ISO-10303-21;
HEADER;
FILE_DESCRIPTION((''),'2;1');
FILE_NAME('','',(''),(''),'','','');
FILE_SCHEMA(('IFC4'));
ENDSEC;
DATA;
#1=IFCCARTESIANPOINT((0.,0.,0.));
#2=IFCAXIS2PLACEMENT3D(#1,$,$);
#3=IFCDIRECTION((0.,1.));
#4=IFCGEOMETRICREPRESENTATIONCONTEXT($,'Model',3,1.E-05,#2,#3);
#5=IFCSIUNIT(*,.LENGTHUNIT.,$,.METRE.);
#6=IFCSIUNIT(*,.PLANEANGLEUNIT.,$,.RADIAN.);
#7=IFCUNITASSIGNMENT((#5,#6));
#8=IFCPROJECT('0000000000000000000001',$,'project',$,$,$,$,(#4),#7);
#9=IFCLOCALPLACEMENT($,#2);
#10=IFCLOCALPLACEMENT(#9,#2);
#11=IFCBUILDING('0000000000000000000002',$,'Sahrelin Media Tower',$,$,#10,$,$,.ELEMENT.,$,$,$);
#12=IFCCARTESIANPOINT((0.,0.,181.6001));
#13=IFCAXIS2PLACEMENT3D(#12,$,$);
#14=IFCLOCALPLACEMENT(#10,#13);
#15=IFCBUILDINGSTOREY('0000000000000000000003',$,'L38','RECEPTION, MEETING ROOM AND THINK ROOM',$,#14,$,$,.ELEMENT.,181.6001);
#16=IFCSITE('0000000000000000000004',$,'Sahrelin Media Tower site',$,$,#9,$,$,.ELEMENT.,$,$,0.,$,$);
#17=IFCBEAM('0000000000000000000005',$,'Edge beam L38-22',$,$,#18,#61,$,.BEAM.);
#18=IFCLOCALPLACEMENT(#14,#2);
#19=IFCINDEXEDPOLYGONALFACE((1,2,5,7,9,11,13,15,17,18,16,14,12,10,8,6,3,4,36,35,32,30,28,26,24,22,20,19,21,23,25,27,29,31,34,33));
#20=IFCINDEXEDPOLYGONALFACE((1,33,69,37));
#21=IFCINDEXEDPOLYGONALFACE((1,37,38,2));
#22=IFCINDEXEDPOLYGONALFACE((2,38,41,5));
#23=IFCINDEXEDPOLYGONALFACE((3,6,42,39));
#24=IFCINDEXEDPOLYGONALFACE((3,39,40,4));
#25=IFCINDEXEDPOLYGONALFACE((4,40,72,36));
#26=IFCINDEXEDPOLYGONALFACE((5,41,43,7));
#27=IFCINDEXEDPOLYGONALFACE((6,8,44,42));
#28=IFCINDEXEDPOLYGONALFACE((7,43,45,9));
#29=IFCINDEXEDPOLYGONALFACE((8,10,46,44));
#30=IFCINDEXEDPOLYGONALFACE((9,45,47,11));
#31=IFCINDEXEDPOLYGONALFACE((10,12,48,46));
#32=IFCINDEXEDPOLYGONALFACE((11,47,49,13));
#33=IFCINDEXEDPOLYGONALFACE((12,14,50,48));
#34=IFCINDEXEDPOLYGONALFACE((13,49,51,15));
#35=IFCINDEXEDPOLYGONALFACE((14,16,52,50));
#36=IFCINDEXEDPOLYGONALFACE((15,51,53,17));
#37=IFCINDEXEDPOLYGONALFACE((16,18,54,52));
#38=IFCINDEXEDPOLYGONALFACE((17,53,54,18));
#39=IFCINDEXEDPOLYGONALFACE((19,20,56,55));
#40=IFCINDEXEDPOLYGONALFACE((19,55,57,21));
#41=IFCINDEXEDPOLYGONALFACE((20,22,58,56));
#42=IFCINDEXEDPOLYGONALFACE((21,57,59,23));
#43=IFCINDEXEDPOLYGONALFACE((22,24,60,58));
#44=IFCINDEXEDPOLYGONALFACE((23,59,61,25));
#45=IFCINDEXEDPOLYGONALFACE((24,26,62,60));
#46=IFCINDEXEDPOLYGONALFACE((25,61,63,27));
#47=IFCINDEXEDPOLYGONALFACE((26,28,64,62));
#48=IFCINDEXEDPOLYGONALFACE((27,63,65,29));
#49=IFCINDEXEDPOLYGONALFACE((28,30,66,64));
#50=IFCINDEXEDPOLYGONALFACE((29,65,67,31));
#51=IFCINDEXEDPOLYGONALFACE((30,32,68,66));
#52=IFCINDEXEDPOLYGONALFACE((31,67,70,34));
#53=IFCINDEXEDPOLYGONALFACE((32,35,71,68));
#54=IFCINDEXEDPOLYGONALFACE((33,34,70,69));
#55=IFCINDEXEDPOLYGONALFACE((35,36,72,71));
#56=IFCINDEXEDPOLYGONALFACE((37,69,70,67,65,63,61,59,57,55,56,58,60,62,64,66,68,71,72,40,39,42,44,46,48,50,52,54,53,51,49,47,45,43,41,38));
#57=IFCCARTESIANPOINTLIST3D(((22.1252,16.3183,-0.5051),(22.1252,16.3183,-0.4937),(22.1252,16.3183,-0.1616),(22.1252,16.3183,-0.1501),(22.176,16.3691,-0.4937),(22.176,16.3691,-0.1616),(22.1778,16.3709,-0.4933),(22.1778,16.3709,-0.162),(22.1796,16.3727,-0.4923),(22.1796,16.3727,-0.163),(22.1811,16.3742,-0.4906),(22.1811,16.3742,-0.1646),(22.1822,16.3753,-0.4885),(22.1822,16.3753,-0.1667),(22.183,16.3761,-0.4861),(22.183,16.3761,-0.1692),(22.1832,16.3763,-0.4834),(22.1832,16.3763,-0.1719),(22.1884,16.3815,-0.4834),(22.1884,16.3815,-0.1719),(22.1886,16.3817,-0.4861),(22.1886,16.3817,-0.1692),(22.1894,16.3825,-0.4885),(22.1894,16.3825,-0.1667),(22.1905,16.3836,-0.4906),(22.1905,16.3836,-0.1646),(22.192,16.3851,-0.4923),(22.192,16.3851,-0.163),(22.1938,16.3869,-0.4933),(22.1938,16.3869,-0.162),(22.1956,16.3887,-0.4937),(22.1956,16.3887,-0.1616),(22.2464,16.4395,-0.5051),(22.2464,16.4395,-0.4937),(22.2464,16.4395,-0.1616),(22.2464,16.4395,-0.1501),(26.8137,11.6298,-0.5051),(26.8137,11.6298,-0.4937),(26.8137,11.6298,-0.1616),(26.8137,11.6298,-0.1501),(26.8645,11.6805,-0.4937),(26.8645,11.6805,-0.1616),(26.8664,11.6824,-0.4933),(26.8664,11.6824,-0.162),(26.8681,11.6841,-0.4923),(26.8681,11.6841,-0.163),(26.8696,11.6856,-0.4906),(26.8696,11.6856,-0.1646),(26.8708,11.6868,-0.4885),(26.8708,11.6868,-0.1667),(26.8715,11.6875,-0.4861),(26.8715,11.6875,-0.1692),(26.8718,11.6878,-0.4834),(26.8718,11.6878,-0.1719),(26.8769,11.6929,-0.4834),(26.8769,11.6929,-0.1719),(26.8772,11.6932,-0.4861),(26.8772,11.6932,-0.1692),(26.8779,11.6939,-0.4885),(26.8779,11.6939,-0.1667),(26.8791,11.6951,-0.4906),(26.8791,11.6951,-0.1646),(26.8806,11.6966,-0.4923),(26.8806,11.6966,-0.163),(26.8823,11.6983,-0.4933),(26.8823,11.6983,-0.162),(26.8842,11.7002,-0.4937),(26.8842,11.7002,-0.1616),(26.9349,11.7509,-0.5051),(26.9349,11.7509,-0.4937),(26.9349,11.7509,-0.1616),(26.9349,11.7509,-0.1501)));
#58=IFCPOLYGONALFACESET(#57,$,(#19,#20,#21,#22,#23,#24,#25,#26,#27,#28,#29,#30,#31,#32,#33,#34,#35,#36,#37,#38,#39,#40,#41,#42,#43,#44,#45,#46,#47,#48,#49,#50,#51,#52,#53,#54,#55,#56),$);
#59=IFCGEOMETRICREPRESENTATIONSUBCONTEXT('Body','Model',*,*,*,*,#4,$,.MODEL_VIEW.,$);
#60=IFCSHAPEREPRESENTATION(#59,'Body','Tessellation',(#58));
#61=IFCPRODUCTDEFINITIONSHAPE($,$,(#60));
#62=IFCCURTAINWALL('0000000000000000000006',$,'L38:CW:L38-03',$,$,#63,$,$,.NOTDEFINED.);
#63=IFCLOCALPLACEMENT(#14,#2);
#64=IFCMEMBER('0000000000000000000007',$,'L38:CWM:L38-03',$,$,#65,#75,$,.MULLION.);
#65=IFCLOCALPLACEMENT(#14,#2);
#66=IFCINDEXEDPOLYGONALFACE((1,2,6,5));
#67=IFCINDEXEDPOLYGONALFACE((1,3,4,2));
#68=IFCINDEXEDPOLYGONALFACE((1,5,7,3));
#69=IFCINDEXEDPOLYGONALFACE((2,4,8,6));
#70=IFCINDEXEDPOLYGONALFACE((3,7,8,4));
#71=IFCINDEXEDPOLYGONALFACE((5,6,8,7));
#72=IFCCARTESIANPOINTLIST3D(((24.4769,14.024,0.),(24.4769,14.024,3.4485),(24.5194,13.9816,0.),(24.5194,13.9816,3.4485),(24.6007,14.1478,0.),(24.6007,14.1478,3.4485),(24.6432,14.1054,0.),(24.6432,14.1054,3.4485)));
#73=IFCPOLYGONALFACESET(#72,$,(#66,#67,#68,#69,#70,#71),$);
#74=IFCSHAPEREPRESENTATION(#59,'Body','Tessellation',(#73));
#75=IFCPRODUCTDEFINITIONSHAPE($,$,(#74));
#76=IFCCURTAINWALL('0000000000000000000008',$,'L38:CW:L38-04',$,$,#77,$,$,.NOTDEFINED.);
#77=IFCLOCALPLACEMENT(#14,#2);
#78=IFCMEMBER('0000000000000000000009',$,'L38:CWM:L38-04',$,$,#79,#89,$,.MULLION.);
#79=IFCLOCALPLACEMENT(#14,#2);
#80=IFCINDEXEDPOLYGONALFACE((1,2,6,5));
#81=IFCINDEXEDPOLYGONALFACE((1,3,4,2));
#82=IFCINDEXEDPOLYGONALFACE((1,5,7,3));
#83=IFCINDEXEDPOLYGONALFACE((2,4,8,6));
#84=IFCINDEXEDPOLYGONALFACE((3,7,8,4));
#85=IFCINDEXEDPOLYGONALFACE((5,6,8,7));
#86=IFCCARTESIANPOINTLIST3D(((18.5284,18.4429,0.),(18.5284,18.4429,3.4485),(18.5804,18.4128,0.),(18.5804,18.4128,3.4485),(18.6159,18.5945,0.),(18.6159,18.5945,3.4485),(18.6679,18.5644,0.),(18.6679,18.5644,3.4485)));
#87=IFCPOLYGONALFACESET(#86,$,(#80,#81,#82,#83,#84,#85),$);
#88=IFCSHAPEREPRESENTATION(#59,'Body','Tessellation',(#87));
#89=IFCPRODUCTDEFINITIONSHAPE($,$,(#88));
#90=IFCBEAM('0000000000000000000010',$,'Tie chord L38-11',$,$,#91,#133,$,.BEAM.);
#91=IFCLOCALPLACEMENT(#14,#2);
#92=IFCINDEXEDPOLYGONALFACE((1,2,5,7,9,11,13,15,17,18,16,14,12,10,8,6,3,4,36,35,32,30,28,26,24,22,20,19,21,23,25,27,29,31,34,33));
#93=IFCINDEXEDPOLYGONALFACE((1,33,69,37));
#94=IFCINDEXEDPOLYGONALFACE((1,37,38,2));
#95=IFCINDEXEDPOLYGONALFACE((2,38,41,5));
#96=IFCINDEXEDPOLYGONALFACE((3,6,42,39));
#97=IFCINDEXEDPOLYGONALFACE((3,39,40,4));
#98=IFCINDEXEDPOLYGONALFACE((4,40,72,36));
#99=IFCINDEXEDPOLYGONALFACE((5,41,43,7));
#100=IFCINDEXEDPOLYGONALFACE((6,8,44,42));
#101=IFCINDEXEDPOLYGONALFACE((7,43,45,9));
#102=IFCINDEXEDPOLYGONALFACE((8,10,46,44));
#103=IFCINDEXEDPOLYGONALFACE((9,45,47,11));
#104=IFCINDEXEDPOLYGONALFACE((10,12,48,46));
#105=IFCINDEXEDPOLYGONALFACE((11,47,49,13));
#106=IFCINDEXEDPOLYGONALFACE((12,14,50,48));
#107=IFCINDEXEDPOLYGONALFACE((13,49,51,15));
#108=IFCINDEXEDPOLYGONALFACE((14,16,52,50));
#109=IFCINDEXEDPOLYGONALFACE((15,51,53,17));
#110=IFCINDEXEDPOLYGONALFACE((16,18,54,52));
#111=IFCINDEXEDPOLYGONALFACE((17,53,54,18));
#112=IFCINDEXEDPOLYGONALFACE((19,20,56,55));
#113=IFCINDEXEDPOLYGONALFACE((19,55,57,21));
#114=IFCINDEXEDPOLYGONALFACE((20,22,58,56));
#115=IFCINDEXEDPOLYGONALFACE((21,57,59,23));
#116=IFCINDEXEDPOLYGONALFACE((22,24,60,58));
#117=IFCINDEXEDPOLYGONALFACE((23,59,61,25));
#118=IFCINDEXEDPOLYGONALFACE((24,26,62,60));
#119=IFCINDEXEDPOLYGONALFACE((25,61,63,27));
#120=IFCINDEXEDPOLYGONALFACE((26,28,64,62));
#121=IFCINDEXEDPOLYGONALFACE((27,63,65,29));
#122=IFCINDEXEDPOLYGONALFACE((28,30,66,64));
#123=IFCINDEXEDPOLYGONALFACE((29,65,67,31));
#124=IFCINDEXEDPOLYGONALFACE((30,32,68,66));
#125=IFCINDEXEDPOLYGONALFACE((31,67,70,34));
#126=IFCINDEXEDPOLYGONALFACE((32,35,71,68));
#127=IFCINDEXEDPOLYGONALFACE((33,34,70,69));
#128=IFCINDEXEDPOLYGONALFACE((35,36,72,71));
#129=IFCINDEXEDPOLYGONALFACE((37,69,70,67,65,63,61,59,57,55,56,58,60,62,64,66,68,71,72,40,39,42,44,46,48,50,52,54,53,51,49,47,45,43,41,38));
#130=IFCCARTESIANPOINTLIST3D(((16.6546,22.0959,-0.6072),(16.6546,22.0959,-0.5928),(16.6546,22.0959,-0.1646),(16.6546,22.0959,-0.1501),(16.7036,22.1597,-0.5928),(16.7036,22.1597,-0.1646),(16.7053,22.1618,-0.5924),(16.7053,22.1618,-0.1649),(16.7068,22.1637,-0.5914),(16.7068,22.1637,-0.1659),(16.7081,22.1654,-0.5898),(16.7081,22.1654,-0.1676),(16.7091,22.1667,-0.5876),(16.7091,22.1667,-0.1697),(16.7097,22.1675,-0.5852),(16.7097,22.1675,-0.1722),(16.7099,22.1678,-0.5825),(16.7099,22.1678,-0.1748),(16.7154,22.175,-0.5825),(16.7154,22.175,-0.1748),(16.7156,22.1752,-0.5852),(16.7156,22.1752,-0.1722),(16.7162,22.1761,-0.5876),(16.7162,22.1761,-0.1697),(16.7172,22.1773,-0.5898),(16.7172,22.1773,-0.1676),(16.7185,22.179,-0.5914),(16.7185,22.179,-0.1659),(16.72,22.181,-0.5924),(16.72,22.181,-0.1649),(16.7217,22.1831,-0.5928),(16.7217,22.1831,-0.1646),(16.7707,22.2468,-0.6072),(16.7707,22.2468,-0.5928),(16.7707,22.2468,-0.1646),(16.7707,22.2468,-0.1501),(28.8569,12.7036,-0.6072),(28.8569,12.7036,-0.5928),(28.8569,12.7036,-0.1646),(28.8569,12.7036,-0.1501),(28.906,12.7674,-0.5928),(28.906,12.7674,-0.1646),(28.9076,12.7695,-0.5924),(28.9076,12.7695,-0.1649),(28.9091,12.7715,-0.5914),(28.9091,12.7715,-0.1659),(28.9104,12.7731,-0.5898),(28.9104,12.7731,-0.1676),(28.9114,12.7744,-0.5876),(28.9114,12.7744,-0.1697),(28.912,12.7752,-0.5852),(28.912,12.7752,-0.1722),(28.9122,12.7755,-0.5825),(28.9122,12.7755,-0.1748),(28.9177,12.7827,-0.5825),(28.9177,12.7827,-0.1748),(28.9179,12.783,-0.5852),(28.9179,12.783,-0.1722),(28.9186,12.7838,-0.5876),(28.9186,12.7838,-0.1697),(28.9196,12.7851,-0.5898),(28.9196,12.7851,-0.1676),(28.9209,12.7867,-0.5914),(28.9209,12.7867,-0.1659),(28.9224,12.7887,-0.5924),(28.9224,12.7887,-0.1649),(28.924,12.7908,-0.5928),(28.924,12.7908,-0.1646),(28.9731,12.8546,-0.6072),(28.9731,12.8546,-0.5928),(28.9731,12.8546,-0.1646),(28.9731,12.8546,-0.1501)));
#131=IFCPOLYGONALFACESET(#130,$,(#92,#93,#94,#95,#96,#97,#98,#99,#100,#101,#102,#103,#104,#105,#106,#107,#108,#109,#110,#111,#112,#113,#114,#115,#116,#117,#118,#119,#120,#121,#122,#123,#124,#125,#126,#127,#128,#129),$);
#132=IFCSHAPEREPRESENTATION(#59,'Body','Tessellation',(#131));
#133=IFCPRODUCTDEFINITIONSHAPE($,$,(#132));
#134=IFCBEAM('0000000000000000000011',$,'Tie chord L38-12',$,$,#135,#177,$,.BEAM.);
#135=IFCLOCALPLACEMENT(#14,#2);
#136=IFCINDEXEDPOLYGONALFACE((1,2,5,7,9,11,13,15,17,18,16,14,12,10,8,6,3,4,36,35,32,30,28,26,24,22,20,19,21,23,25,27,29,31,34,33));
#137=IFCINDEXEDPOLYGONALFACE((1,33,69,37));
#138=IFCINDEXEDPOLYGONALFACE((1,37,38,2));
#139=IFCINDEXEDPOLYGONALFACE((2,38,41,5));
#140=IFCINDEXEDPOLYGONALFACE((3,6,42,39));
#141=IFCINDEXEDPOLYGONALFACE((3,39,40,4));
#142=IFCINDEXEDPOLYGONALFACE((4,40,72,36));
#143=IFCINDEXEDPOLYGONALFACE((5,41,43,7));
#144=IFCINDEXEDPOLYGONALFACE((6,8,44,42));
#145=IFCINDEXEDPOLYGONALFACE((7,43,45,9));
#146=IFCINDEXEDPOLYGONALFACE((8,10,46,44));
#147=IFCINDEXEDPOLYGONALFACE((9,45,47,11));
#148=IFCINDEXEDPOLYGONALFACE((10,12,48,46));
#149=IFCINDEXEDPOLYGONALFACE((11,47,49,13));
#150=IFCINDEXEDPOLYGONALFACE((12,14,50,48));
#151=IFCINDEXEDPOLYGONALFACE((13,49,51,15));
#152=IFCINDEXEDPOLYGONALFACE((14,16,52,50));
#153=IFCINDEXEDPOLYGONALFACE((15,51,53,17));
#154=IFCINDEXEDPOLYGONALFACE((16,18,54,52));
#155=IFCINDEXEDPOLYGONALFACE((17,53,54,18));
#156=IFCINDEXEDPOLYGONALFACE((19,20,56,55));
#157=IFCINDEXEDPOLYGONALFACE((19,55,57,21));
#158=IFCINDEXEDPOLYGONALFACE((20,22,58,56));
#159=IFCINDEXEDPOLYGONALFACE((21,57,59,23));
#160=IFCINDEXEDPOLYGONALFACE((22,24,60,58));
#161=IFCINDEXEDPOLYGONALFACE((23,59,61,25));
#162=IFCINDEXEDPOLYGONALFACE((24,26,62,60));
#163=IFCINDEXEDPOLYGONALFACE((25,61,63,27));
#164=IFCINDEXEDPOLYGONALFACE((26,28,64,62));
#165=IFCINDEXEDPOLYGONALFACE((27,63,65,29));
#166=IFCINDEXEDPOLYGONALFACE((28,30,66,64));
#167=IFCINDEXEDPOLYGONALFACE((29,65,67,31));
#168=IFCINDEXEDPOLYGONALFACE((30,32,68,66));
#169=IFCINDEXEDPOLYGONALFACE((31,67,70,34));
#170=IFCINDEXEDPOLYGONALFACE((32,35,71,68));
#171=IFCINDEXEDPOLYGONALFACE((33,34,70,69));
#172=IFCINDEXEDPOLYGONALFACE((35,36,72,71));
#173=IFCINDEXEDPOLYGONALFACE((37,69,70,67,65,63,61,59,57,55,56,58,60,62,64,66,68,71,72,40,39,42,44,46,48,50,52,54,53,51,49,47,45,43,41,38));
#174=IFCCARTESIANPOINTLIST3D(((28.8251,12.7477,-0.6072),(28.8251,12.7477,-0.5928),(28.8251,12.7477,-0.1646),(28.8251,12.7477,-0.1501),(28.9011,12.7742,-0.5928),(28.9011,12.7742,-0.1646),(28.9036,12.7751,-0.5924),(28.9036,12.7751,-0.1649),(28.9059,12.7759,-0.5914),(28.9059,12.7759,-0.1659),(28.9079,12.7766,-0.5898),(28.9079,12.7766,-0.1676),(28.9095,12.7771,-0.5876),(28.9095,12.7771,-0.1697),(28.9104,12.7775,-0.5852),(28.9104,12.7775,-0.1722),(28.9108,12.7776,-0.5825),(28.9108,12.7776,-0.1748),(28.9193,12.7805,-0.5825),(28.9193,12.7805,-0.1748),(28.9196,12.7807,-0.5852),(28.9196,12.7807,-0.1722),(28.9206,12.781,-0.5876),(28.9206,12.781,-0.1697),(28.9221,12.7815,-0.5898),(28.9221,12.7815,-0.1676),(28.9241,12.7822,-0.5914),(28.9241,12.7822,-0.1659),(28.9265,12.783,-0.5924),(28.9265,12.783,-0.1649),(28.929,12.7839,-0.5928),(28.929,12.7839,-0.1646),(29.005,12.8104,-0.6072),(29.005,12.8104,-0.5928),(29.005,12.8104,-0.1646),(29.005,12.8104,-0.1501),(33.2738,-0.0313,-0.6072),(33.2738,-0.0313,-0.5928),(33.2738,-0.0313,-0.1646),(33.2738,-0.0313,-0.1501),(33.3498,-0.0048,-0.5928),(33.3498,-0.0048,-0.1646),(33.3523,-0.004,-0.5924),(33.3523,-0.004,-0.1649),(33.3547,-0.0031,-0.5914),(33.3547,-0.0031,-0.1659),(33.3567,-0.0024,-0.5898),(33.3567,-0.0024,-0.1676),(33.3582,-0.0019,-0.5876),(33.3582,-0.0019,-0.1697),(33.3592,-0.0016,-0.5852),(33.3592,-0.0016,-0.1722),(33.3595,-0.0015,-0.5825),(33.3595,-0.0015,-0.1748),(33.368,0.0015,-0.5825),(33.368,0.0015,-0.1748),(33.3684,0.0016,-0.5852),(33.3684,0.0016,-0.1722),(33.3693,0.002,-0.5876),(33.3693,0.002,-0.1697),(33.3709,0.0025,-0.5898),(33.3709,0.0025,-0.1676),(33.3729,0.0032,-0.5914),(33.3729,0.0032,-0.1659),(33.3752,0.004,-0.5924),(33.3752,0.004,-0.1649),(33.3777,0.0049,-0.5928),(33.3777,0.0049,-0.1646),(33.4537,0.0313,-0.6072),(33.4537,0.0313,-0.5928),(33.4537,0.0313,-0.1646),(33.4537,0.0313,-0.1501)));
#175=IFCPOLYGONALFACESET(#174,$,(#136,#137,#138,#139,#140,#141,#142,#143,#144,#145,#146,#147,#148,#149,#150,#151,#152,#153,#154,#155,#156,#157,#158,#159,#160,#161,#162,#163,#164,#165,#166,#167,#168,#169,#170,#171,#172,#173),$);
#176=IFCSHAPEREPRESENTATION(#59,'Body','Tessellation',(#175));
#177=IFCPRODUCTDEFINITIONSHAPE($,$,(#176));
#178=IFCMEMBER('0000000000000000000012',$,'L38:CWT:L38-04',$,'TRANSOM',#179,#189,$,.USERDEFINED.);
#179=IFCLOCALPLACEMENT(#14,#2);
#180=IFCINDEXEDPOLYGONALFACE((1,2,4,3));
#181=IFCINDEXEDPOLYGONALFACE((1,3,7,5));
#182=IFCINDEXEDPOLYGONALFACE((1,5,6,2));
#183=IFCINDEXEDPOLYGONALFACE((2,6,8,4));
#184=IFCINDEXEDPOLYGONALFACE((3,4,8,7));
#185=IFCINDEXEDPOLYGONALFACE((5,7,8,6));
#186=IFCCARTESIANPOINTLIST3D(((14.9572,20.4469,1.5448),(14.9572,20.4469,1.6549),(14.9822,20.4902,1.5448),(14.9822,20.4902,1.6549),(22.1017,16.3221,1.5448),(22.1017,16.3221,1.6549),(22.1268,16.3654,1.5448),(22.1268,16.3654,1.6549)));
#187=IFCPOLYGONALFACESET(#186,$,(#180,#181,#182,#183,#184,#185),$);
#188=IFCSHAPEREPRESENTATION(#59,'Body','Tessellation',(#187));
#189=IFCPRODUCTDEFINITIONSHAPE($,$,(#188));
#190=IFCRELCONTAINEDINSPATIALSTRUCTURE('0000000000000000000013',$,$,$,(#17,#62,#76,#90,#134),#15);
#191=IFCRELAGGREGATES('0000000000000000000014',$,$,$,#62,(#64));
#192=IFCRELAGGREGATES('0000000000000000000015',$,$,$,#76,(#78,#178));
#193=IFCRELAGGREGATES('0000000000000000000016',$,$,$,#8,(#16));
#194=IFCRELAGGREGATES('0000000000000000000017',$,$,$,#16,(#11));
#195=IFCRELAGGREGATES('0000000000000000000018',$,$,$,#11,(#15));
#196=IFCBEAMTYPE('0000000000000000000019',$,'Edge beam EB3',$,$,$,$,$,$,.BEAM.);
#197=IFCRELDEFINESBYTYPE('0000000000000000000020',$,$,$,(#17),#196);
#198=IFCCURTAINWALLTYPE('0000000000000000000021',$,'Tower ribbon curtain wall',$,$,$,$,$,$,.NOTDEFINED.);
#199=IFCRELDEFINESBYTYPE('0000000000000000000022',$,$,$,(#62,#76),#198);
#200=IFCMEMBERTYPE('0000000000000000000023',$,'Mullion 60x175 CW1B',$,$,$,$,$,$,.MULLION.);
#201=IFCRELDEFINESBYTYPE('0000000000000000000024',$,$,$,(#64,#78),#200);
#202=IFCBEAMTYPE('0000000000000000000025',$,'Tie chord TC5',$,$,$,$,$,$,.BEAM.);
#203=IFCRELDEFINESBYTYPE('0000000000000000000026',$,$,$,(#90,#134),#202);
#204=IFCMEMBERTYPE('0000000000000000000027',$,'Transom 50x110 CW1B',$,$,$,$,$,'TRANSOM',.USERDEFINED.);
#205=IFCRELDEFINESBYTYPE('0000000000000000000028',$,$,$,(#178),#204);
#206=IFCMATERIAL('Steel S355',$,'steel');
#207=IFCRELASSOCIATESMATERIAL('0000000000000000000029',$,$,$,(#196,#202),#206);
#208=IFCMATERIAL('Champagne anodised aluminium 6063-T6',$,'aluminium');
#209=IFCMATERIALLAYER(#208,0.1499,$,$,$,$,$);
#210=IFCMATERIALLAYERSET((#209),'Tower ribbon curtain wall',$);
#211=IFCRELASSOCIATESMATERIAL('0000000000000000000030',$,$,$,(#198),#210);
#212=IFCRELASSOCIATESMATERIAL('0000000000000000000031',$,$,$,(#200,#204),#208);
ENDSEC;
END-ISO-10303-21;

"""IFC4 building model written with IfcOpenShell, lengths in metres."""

from ifc_helpers import new_model, si_unit, direction, frame, origin, origin_2d, place, context, subcontext, project, spatial, rectangle, i_section, extrude, material, layer, layer_set, material_profile, profile_set, type_object, element, aggregate, save


model = new_model("IFC4")

# Units and contexts
model_context = context("Model", 3, precision=1e-05, world=origin(), true_north=direction((0.0, 1.0)))
body_context = subcontext(model_context, "Body", "Model", "MODEL_VIEW")
ifc_project = project(units=[si_unit("LENGTHUNIT", "METRE"), si_unit("PLANEANGLEUNIT", "RADIAN")], contexts=[model_context])

# Site, building, storey
site_placement = place(None, origin())
site = spatial("IfcSite", under=ifc_project, at=site_placement, Name="Sahrelin Media Tower site", CompositionType="ELEMENT", RefElevation=0.0)
building_placement = place(site_placement, origin())
building = spatial("IfcBuilding", under=site, at=building_placement, Name="Sahrelin Media Tower", CompositionType="ELEMENT")
storey_placement = place(building_placement, frame((0.0, 0.0, 181.6001)))
storey = spatial("IfcBuildingStorey", under=building, at=storey_placement, Name="L38", Description="RECEPTION, MEETING ROOM AND THINK ROOM", CompositionType="ELEMENT", Elevation=181.6001)

# Beam
ifc_material_1 = material(Name="Steel S355", Category="steel")
ifc_material_profile_1 = material_profile(ifc_material_1, i_section(OverallWidth=0.1714, OverallDepth=0.355, WebThickness=0.0073, FlangeThickness=0.0115, FilletRadius=0.0103, at=origin_2d()), Name="UB 356x171x51")
ifc_profile_set_1 = profile_set([ifc_material_profile_1], Name="Steel S355")
beam_type_1 = type_object("IfcBeamType", Name="Edge beam EB3", PredefinedType="BEAM", material=ifc_profile_set_1)
beam_1_placement = place(storey_placement, frame((22.1858, 16.3789, -0.3276), z_axis=(0.707107, -0.707107, 0.0), x_axis=(0.707107, 0.707107, 0.0)))
element("IfcBeam", 1, at=beam_1_placement, inside=storey, type_object=beam_type_1, Name="Edge beam L38-22", PredefinedType="BEAM", context=body_context, shape_type="SweptSolid", body=[
    extrude(i_section(OverallWidth=0.1714, OverallDepth=0.355, WebThickness=0.0073, FlangeThickness=0.0115, FilletRadius=0.0103, at=origin_2d()), origin(), (0.0, 0.0, 1.0), 6.6306),
])

# Curtain walls, members
ifc_material_2 = material(Name="Champagne anodised aluminium 6063-T6", Category="aluminium")
ifc_layer_1 = layer(ifc_material_2, 0.1499)
ifc_layer_set_1 = layer_set([ifc_layer_1], Name="Tower ribbon curtain wall")
curtain_wall_type = type_object("IfcCurtainWallType", Name="Tower ribbon curtain wall", PredefinedType="NOTDEFINED", material=ifc_layer_set_1)
curtain_wall_1_placement = place(storey_placement, frame((24.636, 14.1406, 0.0), z_axis=(0.0, 0.0, 1.0), x_axis=(1.0, 0.0, 0.0)))
curtain_wall_1 = element("IfcCurtainWall", 2, at=curtain_wall_1_placement, inside=storey, type_object=curtain_wall_type, Name="L38:CW:L38-03", PredefinedType="NOTDEFINED")
ifc_material_profile_2 = material_profile(ifc_material_2, rectangle(XDim=0.0601, YDim=0.175, at=origin_2d()), Name="Mullion 60x175")
ifc_profile_set_2 = profile_set([ifc_material_profile_2], Name="Champagne anodised aluminium 6063-T6")
member_type_1 = type_object("IfcMemberType", Name="Mullion 60x175 CW1B", PredefinedType="MULLION", material=ifc_profile_set_2)
member_1_placement = place(storey_placement, frame((24.5601, 14.0647, 0.0), z_axis=(0.0, 0.0, 1.0), x_axis=(-0.707107, 0.707107, 0.0)))
member_1 = element("IfcMember", 3, at=member_1_placement, type_object=member_type_1, Name="L38:CWM:L38-03", PredefinedType="MULLION", context=body_context, shape_type="SweptSolid", body=[
    extrude(rectangle(XDim=0.0601, YDim=0.175, at=origin_2d()), origin(), (0.0, 0.0, 1.0), 3.4485),
])
curtain_wall_2_placement = place(storey_placement, frame((18.6521, 18.5967, 0.0), z_axis=(0.0, 0.0, 1.0), x_axis=(1.0, 0.0, 0.0)))
curtain_wall_2 = element("IfcCurtainWall", 4, at=curtain_wall_2_placement, inside=storey, type_object=curtain_wall_type, Name="L38:CW:L38-04", PredefinedType="NOTDEFINED")
member_2_placement = place(storey_placement, frame((18.5981, 18.5037, 0.0), z_axis=(0.0, 0.0, 1.0), x_axis=(-0.866021, 0.500008, 0.0)))
member_2 = element("IfcMember", 5, at=member_2_placement, type_object=member_type_1, Name="L38:CWM:L38-04", PredefinedType="MULLION", context=body_context, shape_type="SweptSolid", body=[
    extrude(rectangle(XDim=0.0601, YDim=0.175, at=origin_2d()), origin(), (0.0, 0.0, 1.0), 3.4485),
])

# Beams
ifc_material_profile_3 = material_profile(ifc_material_1, i_section(OverallWidth=0.1904, OverallDepth=0.457, WebThickness=0.009, FlangeThickness=0.0144, FilletRadius=0.0103, at=origin_2d()), Name="UB 457x191x74")
ifc_profile_set_3 = profile_set([ifc_material_profile_3], Name="Steel S355")
beam_type_2 = type_object("IfcBeamType", Name="Tie chord TC5", PredefinedType="BEAM", material=ifc_profile_set_3)
beam_2_placement = place(storey_placement, frame((16.7126, 22.1714, -0.3787), z_axis=(0.792439, -0.609951, 0.0), x_axis=(0.609951, 0.792439, 0.0)))
element("IfcBeam", 6, at=beam_2_placement, inside=storey, type_object=beam_type_2, Name="Tie chord L38-11", PredefinedType="BEAM", context=body_context, shape_type="SweptSolid", body=[
    extrude(i_section(OverallWidth=0.1904, OverallDepth=0.457, WebThickness=0.009, FlangeThickness=0.0144, FilletRadius=0.0103, at=origin_2d()), origin(), (0.0, 0.0, 1.0), 15.3984),
])
beam_3_placement = place(storey_placement, frame((28.915, 12.7791, -0.3787), z_axis=(0.328774, -0.944409, 0.0), x_axis=(0.944409, 0.328774, 0.0)))
element("IfcBeam", 7, at=beam_3_placement, inside=storey, type_object=beam_type_2, Name="Tie chord L38-12", PredefinedType="BEAM", context=body_context, shape_type="SweptSolid", body=[
    extrude(i_section(OverallWidth=0.1904, OverallDepth=0.457, WebThickness=0.009, FlangeThickness=0.0144, FilletRadius=0.0103, at=origin_2d()), origin(), (0.0, 0.0, 1.0), 13.5312),
])

# Member
ifc_material_profile_4 = material_profile(ifc_material_2, rectangle(XDim=0.05, YDim=0.1101, at=origin_2d()), Name="Transom 50x110")
ifc_profile_set_4 = profile_set([ifc_material_profile_4], Name="Champagne anodised aluminium 6063-T6")
member_type_2 = type_object("IfcMemberType", Name="Transom 50x110 CW1B", ElementType="TRANSOM", PredefinedType="USERDEFINED", material=ifc_profile_set_4)
member_3_placement = place(storey_placement, frame((22.1143, 16.3438, 1.5999), z_axis=(-0.866033, 0.499987, 0.0), x_axis=(-0.499987, -0.866033, 0.0)))
member_3 = element("IfcMember", 8, at=member_3_placement, type_object=member_type_2, Name="L38:CWT:L38-04", ObjectType="TRANSOM", PredefinedType="USERDEFINED", context=body_context, shape_type="SweptSolid", body=[
    extrude(rectangle(XDim=0.05, YDim=0.1101, at=origin_2d()), origin(), (0.0, 0.0, 1.0), 8.2498),
])

aggregate(curtain_wall_1, [member_1])
aggregate(curtain_wall_2, [member_2, member_3])

save(model, "model.ifc")
